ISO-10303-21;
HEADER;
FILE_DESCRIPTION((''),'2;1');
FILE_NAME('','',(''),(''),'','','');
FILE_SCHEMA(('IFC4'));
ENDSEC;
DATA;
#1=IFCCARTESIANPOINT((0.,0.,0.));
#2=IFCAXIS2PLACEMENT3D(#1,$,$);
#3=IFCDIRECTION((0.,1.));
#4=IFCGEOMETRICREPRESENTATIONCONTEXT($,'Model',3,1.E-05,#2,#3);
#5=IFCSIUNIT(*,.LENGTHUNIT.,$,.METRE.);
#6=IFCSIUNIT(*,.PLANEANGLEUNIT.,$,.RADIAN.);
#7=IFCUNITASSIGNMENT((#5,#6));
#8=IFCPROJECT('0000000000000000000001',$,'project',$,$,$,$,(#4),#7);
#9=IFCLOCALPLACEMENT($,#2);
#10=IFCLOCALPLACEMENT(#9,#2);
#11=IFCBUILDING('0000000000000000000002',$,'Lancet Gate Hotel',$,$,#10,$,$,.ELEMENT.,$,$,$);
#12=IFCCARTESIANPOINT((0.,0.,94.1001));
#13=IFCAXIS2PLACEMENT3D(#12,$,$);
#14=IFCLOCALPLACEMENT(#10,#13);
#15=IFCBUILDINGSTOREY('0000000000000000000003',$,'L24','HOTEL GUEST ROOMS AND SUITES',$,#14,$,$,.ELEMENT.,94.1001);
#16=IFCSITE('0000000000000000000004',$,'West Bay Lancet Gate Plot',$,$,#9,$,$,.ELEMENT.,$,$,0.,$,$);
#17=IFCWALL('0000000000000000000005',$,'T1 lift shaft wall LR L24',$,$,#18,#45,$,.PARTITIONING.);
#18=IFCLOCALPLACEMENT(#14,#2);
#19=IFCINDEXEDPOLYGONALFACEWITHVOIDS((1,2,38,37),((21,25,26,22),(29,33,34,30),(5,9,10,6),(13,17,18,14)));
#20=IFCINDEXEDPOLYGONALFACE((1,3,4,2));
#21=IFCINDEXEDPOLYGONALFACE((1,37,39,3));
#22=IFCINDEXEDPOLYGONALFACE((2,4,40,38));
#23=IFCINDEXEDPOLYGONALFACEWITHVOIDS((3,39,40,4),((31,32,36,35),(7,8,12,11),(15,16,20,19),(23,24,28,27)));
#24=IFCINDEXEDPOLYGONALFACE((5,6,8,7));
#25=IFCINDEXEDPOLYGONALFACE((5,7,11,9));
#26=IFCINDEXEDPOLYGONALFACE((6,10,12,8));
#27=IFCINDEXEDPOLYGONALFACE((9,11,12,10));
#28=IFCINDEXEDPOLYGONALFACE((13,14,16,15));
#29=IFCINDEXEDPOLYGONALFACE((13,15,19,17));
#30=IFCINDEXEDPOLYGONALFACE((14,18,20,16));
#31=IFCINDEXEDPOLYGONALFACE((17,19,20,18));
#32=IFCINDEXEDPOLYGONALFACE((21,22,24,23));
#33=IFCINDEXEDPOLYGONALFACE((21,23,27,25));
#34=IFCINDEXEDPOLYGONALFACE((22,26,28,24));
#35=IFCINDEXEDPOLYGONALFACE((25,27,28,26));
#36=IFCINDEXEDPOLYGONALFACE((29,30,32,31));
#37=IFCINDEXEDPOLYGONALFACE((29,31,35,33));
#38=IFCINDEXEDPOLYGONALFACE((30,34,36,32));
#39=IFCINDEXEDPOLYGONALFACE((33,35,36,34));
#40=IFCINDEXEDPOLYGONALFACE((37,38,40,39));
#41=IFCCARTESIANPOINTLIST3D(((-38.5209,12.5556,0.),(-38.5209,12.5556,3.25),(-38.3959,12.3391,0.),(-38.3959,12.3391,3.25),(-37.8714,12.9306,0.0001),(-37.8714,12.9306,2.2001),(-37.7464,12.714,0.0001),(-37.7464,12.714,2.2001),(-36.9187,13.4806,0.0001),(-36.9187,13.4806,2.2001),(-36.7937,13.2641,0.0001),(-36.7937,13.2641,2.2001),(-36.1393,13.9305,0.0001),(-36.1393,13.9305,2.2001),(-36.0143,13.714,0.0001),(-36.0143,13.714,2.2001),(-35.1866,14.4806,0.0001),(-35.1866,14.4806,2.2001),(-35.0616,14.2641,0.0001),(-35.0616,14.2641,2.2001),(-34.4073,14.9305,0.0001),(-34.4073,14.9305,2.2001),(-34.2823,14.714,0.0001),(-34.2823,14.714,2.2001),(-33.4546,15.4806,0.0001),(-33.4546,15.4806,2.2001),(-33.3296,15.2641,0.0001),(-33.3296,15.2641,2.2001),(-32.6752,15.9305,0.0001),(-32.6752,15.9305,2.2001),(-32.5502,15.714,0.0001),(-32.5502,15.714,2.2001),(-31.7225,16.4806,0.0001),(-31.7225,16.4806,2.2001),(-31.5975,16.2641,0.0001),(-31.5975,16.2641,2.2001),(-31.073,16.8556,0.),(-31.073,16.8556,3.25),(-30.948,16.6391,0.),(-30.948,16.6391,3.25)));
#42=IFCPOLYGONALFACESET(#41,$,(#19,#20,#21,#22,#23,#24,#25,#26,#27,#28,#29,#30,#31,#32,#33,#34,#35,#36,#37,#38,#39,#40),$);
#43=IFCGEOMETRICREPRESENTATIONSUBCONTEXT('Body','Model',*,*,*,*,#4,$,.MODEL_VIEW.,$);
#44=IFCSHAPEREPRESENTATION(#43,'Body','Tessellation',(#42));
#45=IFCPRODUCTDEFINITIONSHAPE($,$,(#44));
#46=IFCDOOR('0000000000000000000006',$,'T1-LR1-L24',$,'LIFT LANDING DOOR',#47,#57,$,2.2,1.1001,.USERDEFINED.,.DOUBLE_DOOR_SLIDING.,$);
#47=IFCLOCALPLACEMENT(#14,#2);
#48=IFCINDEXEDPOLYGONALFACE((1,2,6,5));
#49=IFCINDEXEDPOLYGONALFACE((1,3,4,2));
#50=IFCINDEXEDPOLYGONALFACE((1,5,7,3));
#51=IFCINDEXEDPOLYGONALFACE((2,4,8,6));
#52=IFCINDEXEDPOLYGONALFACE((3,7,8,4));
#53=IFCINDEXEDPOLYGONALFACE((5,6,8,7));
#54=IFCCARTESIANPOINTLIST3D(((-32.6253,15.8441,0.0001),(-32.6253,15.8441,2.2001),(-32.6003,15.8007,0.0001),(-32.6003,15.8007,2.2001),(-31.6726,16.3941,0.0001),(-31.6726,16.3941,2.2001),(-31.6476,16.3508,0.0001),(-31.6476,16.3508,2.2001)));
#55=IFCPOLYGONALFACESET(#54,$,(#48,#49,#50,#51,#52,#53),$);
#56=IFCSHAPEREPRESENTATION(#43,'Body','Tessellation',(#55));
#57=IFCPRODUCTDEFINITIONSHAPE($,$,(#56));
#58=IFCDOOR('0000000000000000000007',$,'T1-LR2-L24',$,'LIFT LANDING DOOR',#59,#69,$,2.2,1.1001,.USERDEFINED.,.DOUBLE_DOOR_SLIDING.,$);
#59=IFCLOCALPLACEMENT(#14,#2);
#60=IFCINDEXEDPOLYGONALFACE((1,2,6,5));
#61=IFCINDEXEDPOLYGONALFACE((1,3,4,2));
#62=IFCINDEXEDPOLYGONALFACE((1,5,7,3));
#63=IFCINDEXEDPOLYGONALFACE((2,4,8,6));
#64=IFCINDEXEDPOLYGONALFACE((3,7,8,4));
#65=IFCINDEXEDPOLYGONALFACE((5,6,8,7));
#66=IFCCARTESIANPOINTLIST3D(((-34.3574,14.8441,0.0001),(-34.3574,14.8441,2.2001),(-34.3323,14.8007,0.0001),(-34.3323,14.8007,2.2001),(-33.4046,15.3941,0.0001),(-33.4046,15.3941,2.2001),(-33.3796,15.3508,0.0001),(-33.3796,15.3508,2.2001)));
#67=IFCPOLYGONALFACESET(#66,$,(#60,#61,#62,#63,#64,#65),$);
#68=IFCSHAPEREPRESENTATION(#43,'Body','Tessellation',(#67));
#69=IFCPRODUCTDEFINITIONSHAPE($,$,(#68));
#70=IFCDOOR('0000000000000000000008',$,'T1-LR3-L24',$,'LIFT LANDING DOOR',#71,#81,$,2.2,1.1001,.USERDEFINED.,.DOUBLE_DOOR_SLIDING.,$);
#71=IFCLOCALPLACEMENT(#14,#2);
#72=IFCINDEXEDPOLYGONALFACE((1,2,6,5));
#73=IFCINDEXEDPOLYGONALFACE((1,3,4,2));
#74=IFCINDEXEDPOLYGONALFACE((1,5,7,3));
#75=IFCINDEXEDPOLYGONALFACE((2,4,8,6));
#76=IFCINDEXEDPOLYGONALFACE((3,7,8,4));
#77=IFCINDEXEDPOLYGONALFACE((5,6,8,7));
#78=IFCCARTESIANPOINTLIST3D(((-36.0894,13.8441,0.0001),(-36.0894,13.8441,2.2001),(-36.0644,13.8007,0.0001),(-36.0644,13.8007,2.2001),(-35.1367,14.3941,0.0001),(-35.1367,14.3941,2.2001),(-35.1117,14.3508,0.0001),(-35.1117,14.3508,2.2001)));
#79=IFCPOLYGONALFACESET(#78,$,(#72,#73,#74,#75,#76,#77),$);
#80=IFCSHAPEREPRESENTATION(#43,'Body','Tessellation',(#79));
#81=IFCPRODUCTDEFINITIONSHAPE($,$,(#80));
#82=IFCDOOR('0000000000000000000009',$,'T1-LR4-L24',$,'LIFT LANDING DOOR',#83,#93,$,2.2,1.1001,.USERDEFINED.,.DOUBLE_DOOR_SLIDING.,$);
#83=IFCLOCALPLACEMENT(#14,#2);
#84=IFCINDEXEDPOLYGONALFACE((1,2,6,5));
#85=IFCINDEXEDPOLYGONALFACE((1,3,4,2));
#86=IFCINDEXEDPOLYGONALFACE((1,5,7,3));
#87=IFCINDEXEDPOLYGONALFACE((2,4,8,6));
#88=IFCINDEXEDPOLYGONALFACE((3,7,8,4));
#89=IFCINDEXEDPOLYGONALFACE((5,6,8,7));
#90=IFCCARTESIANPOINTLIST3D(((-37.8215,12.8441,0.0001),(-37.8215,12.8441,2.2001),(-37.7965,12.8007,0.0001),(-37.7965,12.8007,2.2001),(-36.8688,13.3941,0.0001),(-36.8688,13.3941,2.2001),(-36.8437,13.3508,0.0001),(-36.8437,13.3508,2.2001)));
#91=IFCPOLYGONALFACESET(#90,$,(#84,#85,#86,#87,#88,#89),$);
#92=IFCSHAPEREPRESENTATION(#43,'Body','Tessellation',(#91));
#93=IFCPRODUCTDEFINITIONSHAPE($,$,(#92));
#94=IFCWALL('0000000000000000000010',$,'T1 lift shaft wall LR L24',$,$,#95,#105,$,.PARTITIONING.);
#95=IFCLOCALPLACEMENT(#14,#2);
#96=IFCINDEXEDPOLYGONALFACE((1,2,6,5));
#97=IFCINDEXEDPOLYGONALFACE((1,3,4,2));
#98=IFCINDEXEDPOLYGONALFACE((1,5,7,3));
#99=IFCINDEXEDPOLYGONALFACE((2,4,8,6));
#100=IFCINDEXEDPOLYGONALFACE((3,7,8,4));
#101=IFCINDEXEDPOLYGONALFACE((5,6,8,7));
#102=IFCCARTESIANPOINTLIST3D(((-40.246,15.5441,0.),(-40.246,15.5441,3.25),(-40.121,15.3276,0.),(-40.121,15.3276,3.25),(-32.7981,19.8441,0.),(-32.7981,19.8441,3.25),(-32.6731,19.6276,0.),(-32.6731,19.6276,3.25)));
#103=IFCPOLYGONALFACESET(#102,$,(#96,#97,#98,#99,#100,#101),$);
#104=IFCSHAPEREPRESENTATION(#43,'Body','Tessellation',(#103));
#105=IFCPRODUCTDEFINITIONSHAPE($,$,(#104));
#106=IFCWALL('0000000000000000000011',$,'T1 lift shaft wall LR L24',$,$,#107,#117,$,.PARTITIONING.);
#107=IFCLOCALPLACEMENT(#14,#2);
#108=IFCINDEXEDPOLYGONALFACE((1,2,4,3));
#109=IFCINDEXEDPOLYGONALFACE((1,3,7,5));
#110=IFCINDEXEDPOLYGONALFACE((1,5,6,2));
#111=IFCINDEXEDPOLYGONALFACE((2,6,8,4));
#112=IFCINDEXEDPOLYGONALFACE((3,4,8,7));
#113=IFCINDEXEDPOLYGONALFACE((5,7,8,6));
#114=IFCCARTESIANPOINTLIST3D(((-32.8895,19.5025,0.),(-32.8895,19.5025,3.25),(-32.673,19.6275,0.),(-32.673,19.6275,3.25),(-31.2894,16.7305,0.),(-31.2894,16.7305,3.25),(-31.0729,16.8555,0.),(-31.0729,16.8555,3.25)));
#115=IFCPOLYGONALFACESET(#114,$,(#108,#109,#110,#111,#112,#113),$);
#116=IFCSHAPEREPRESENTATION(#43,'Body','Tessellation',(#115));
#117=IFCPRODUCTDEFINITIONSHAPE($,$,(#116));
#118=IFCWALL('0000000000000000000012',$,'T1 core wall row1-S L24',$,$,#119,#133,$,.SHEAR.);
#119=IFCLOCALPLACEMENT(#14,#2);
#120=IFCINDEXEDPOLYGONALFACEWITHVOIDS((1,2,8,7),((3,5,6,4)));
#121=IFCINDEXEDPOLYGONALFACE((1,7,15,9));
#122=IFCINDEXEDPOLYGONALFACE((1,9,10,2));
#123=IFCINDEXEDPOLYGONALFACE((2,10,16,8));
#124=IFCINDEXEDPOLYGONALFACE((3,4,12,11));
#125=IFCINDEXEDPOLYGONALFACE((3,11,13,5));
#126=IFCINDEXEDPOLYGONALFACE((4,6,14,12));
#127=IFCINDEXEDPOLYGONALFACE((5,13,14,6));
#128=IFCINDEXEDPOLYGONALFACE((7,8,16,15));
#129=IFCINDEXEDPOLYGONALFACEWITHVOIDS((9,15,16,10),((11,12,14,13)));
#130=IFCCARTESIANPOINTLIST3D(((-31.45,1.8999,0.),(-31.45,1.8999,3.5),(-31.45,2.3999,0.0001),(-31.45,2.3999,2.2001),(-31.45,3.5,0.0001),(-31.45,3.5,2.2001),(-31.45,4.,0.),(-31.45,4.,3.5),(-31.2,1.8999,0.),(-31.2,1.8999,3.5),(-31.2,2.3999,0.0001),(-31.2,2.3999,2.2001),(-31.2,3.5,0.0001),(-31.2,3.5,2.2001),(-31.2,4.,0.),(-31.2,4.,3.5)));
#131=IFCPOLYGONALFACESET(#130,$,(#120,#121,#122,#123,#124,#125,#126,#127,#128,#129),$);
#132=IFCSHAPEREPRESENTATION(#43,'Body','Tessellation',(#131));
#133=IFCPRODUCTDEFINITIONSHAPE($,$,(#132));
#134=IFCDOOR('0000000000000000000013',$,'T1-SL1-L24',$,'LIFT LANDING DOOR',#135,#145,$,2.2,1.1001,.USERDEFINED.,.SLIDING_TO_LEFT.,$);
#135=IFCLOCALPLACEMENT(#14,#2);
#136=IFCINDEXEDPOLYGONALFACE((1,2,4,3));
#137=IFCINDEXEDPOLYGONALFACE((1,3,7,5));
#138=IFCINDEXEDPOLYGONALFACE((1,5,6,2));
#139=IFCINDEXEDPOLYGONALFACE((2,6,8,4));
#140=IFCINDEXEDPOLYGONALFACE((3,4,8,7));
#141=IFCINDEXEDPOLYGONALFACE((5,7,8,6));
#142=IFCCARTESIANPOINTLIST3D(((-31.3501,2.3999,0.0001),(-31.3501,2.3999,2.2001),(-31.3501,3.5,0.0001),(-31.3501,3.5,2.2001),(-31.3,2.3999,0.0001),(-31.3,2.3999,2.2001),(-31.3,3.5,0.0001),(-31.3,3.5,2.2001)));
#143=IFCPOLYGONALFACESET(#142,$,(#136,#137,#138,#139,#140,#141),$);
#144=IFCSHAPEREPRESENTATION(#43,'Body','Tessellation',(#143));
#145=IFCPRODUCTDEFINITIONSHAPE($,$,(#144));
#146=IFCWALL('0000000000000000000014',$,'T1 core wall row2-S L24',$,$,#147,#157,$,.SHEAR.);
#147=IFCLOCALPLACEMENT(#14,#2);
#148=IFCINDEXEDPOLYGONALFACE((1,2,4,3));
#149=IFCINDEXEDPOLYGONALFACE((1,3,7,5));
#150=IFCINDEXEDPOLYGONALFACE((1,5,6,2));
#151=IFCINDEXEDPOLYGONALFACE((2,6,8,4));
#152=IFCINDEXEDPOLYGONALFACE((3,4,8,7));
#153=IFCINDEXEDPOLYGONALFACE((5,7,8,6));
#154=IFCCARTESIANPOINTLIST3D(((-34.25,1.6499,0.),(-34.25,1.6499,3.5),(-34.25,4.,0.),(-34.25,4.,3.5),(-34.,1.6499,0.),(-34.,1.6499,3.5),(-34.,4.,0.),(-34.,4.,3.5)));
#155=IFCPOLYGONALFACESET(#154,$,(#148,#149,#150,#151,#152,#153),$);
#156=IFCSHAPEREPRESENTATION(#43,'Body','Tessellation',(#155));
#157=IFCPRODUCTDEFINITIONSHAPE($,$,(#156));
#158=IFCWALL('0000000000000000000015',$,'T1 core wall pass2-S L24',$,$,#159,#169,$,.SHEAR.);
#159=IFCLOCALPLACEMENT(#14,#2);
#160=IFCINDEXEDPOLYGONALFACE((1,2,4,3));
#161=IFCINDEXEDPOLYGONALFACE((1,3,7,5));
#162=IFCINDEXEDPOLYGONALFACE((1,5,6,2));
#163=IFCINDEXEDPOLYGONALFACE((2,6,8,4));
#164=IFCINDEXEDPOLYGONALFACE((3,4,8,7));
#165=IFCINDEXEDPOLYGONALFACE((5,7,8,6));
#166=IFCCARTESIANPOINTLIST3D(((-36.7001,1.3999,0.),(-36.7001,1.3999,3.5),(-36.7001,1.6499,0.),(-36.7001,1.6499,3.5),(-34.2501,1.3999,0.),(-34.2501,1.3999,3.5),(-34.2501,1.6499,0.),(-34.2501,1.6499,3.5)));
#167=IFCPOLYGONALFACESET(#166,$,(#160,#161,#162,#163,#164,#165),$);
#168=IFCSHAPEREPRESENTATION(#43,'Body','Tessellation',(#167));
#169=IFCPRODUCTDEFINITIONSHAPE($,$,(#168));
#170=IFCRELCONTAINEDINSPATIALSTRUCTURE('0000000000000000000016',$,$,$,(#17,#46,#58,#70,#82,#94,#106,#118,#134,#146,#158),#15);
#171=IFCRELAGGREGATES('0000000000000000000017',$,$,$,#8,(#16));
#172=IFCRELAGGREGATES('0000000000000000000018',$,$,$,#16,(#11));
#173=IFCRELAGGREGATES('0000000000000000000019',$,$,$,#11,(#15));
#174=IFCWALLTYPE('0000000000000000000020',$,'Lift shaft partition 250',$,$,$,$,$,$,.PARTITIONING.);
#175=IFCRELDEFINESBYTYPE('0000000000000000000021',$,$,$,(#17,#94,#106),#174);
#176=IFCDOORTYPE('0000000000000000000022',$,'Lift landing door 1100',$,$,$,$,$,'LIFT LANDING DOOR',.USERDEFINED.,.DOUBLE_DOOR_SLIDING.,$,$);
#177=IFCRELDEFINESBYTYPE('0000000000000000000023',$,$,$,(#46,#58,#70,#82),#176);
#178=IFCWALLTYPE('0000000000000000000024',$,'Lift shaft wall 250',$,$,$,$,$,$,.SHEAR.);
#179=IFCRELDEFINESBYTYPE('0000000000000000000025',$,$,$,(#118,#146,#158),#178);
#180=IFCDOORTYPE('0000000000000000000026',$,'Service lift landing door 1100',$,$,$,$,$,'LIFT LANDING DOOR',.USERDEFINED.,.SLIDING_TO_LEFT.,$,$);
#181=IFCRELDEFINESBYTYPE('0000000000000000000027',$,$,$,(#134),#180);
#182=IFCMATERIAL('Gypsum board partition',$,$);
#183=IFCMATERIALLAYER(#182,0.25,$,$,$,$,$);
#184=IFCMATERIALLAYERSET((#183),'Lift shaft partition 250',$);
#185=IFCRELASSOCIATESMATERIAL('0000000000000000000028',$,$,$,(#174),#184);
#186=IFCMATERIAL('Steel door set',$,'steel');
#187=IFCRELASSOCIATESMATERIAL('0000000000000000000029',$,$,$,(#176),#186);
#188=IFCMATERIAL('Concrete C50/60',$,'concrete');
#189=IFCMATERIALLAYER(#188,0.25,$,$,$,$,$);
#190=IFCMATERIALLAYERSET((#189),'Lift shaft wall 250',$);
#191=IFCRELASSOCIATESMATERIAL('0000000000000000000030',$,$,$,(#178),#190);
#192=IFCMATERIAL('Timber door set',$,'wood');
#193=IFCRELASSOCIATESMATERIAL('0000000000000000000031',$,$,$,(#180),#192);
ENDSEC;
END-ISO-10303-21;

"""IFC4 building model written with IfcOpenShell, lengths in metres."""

from ifc_helpers import new_model, si_unit, direction, frame, frame_2d, origin, place, context, subcontext, project, spatial, rectangle, extrude, material, layer, layer_set, type_object, element, fill, save


model = new_model("IFC4")

# Units and contexts
model_context = context("Model", 3, precision=1e-05, world=origin(), true_north=direction((0.0, 1.0)))
body_context = subcontext(model_context, "Body", "Model", "MODEL_VIEW")
ifc_project = project(units=[si_unit("LENGTHUNIT", "METRE"), si_unit("PLANEANGLEUNIT", "RADIAN")], contexts=[model_context])

# Site, building, storey
site_placement = place(None, origin())
site = spatial("IfcSite", under=ifc_project, at=site_placement, Name="West Bay Lancet Gate Plot", CompositionType="ELEMENT", RefElevation=0.0)
building_placement = place(site_placement, origin())
building = spatial("IfcBuilding", under=site, at=building_placement, Name="Lancet Gate Hotel", CompositionType="ELEMENT")
storey_placement = place(building_placement, frame((0.0, 0.0, 94.1001)))
storey = spatial("IfcBuildingStorey", under=building, at=storey_placement, Name="L24", Description="HOTEL GUEST ROOMS AND SUITES", CompositionType="ELEMENT", Elevation=94.1001)

# Wall, openings, doors
ifc_material_1 = material(Name="Gypsum board partition")
ifc_layer_1 = layer(ifc_material_1, 0.25)
ifc_layer_set_1 = layer_set([ifc_layer_1], Name="Lift shaft partition 250")
wall_type_1 = type_object("IfcWallType", Name="Lift shaft partition 250", PredefinedType="PARTITIONING", material=ifc_layer_set_1)
wall_1_placement = place(storey_placement, frame((-31.0105, 16.7473, 0.0), z_axis=(0.0, 0.0, 1.0), x_axis=(-0.866028, -0.499995, 0.0)))
wall_1 = element("IfcWall", 1, at=wall_1_placement, inside=storey, type_object=wall_type_1, Name="T1 lift shaft wall LR L24", PredefinedType="PARTITIONING", context=body_context, shape_type="SweptSolid", body=[
    extrude(rectangle(XDim=8.6001, YDim=0.25, at=frame_2d((4.3, 0.0))), origin(), (0.0, 0.0, 1.0), 3.25),
])
opening_1_placement = place(wall_1_placement, frame((0.75, 0.0, 0.0)))
opening_1 = element("IfcOpeningElement", 2, at=opening_1_placement, cuts=wall_1, PredefinedType="OPENING", context=body_context, shape_type="SweptSolid", body=[
    extrude(rectangle(XDim=1.1001, YDim=2.2, at=frame_2d((0.55, 1.1001))), frame((0.0, 0.135, 0.0), z_axis=(0.0, -1.0, 0.0), x_axis=(1.0, 0.0, 0.0)), (0.0, 0.0, 1.0), 0.27),
])
opening_2_placement = place(wall_1_placement, frame((2.75, 0.0, 0.0)))
opening_2 = element("IfcOpeningElement", 3, at=opening_2_placement, cuts=wall_1, PredefinedType="OPENING", context=body_context, shape_type="SweptSolid", body=[
    extrude(rectangle(XDim=1.1001, YDim=2.2, at=frame_2d((0.55, 1.1001))), frame((0.0, 0.135, 0.0), z_axis=(0.0, -1.0, 0.0), x_axis=(1.0, 0.0, 0.0)), (0.0, 0.0, 1.0), 0.27),
])
opening_3_placement = place(wall_1_placement, frame((4.75, 0.0, 0.0)))
opening_3 = element("IfcOpeningElement", 4, at=opening_3_placement, cuts=wall_1, PredefinedType="OPENING", context=body_context, shape_type="SweptSolid", body=[
    extrude(rectangle(XDim=1.1001, YDim=2.2, at=frame_2d((0.55, 1.1001))), frame((0.0, 0.135, 0.0), z_axis=(0.0, -1.0, 0.0), x_axis=(1.0, 0.0, 0.0)), (0.0, 0.0, 1.0), 0.27),
])
opening_4_placement = place(wall_1_placement, frame((6.75, 0.0, 0.0)))
opening_4 = element("IfcOpeningElement", 5, at=opening_4_placement, cuts=wall_1, PredefinedType="OPENING", context=body_context, shape_type="SweptSolid", body=[
    extrude(rectangle(XDim=1.1001, YDim=2.2, at=frame_2d((0.55, 1.1001))), frame((0.0, 0.135, 0.0), z_axis=(0.0, -1.0, 0.0), x_axis=(1.0, 0.0, 0.0)), (0.0, 0.0, 1.0), 0.27),
])
ifc_material_2 = material(Name="Steel door set", Category="steel")
door_type_1 = type_object("IfcDoorType", Name="Lift landing door 1100", ElementType="LIFT LANDING DOOR", OperationType="DOUBLE_DOOR_SLIDING", PredefinedType="USERDEFINED", material=ifc_material_2)
door_1_placement = place(opening_1_placement, origin())
door_1 = element("IfcDoor", 6, at=door_1_placement, inside=storey, type_object=door_type_1, Name="T1-LR1-L24", ObjectType="LIFT LANDING DOOR", OperationType="DOUBLE_DOOR_SLIDING", OverallHeight=2.2, OverallWidth=1.1001, PredefinedType="USERDEFINED", context=body_context, shape_type="SweptSolid", body=[
    extrude(rectangle(XDim=1.1001, YDim=2.2, at=frame_2d((0.55, 1.1001))), frame((0.0, 0.0249, 0.0), z_axis=(0.0, -1.0, 0.0), x_axis=(1.0, 0.0, 0.0)), (0.0, 0.0, 1.0), 0.05),
])
fill(opening_1, door_1)
door_2_placement = place(opening_2_placement, origin())
door_2 = element("IfcDoor", 7, at=door_2_placement, inside=storey, type_object=door_type_1, Name="T1-LR2-L24", ObjectType="LIFT LANDING DOOR", OperationType="DOUBLE_DOOR_SLIDING", OverallHeight=2.2, OverallWidth=1.1001, PredefinedType="USERDEFINED", context=body_context, shape_type="SweptSolid", body=[
    extrude(rectangle(XDim=1.1001, YDim=2.2, at=frame_2d((0.55, 1.1001))), frame((0.0, 0.0249, 0.0), z_axis=(0.0, -1.0, 0.0), x_axis=(1.0, 0.0, 0.0)), (0.0, 0.0, 1.0), 0.05),
])
fill(opening_2, door_2)
door_3_placement = place(opening_3_placement, origin())
door_3 = element("IfcDoor", 8, at=door_3_placement, inside=storey, type_object=door_type_1, Name="T1-LR3-L24", ObjectType="LIFT LANDING DOOR", OperationType="DOUBLE_DOOR_SLIDING", OverallHeight=2.2, OverallWidth=1.1001, PredefinedType="USERDEFINED", context=body_context, shape_type="SweptSolid", body=[
    extrude(rectangle(XDim=1.1001, YDim=2.2, at=frame_2d((0.55, 1.1001))), frame((0.0, 0.0249, 0.0), z_axis=(0.0, -1.0, 0.0), x_axis=(1.0, 0.0, 0.0)), (0.0, 0.0, 1.0), 0.05),
])
fill(opening_3, door_3)
door_4_placement = place(opening_4_placement, origin())
door_4 = element("IfcDoor", 9, at=door_4_placement, inside=storey, type_object=door_type_1, Name="T1-LR4-L24", ObjectType="LIFT LANDING DOOR", OperationType="DOUBLE_DOOR_SLIDING", OverallHeight=2.2, OverallWidth=1.1001, PredefinedType="USERDEFINED", context=body_context, shape_type="SweptSolid", body=[
    extrude(rectangle(XDim=1.1001, YDim=2.2, at=frame_2d((0.55, 1.1001))), frame((0.0, 0.0249, 0.0), z_axis=(0.0, -1.0, 0.0), x_axis=(1.0, 0.0, 0.0)), (0.0, 0.0, 1.0), 0.05),
])
fill(opening_4, door_4)

# Walls
wall_2_placement = place(storey_placement, frame((-32.7356, 19.7358, 0.0), z_axis=(0.0, 0.0, 1.0), x_axis=(-0.866028, -0.499995, 0.0)))
element("IfcWall", 10, at=wall_2_placement, inside=storey, type_object=wall_type_1, Name="T1 lift shaft wall LR L24", PredefinedType="PARTITIONING", context=body_context, shape_type="SweptSolid", body=[
    extrude(rectangle(XDim=8.6001, YDim=0.25, at=frame_2d((4.3, 0.0))), origin(), (0.0, 0.0, 1.0), 3.25),
])
wall_3_placement = place(storey_placement, frame((-31.1812, 16.793, 0.0), z_axis=(0.0, 0.0, 1.0), x_axis=(-0.499929, 0.866066, 0.0)))
element("IfcWall", 11, at=wall_3_placement, inside=storey, type_object=wall_type_1, Name="T1 lift shaft wall LR L24", PredefinedType="PARTITIONING", context=body_context, shape_type="SweptSolid", body=[
    extrude(rectangle(XDim=3.2007, YDim=0.25, at=frame_2d((1.6003, 0.0))), origin(), (0.0, 0.0, 1.0), 3.25),
])

# Wall, opening, door
ifc_material_3 = material(Name="Concrete C50/60", Category="concrete")
ifc_layer_2 = layer(ifc_material_3, 0.25)
ifc_layer_set_2 = layer_set([ifc_layer_2], Name="Lift shaft wall 250")
wall_type_2 = type_object("IfcWallType", Name="Lift shaft wall 250", PredefinedType="SHEAR", material=ifc_layer_set_2)
wall_4_placement = place(storey_placement, frame((-31.325, 4.0, 0.0), z_axis=(0.0, 0.0, 1.0), x_axis=(0.0, -1.0, 0.0)))
wall_4 = element("IfcWall", 12, at=wall_4_placement, inside=storey, type_object=wall_type_2, Name="T1 core wall row1-S L24", PredefinedType="SHEAR", context=body_context, shape_type="SweptSolid", body=[
    extrude(rectangle(XDim=2.1001, YDim=0.25, at=frame_2d((1.05, 0.0))), origin(), (0.0, 0.0, 1.0), 3.5),
])
opening_5_placement = place(wall_4_placement, frame((0.5, 0.0, 0.0)))
opening_5 = element("IfcOpeningElement", 13, at=opening_5_placement, cuts=wall_4, PredefinedType="OPENING", context=body_context, shape_type="SweptSolid", body=[
    extrude(rectangle(XDim=1.1001, YDim=2.2, at=frame_2d((0.55, 1.1001))), frame((0.0, 0.135, 0.0), z_axis=(0.0, -1.0, 0.0), x_axis=(1.0, 0.0, 0.0)), (0.0, 0.0, 1.0), 0.27),
])
ifc_material_4 = material(Name="Timber door set", Category="wood")
door_type_2 = type_object("IfcDoorType", Name="Service lift landing door 1100", ElementType="LIFT LANDING DOOR", OperationType="SLIDING_TO_LEFT", PredefinedType="USERDEFINED", material=ifc_material_4)
door_5_placement = place(opening_5_placement, origin())
door_5 = element("IfcDoor", 14, at=door_5_placement, inside=storey, type_object=door_type_2, Name="T1-SL1-L24", ObjectType="LIFT LANDING DOOR", OperationType="SLIDING_TO_LEFT", OverallHeight=2.2, OverallWidth=1.1001, PredefinedType="USERDEFINED", context=body_context, shape_type="SweptSolid", body=[
    extrude(rectangle(XDim=1.1001, YDim=2.2, at=frame_2d((0.55, 1.1001))), frame((0.0, 0.0249, 0.0), z_axis=(0.0, -1.0, 0.0), x_axis=(1.0, 0.0, 0.0)), (0.0, 0.0, 1.0), 0.05),
])
fill(opening_5, door_5)

# Walls
wall_5_placement = place(storey_placement, frame((-34.125, 4.0, 0.0), z_axis=(0.0, 0.0, 1.0), x_axis=(0.0, -1.0, 0.0)))
element("IfcWall", 15, at=wall_5_placement, inside=storey, type_object=wall_type_2, Name="T1 core wall row2-S L24", PredefinedType="SHEAR", context=body_context, shape_type="SweptSolid", body=[
    extrude(rectangle(XDim=2.3501, YDim=0.25, at=frame_2d((1.175, 0.0))), origin(), (0.0, 0.0, 1.0), 3.5),
])
wall_6_placement = place(storey_placement, frame((-34.25, 1.5249, 0.0), z_axis=(0.0, 0.0, 1.0), x_axis=(-1.0, 0.0, 0.0)))
element("IfcWall", 16, at=wall_6_placement, inside=storey, type_object=wall_type_2, Name="T1 core wall pass2-S L24", PredefinedType="SHEAR", context=body_context, shape_type="SweptSolid", body=[
    extrude(rectangle(XDim=2.45, YDim=0.25, at=frame_2d((1.2251, 0.0))), origin(), (0.0, 0.0, 1.0), 3.5),
])

save(model, "model.ifc")
